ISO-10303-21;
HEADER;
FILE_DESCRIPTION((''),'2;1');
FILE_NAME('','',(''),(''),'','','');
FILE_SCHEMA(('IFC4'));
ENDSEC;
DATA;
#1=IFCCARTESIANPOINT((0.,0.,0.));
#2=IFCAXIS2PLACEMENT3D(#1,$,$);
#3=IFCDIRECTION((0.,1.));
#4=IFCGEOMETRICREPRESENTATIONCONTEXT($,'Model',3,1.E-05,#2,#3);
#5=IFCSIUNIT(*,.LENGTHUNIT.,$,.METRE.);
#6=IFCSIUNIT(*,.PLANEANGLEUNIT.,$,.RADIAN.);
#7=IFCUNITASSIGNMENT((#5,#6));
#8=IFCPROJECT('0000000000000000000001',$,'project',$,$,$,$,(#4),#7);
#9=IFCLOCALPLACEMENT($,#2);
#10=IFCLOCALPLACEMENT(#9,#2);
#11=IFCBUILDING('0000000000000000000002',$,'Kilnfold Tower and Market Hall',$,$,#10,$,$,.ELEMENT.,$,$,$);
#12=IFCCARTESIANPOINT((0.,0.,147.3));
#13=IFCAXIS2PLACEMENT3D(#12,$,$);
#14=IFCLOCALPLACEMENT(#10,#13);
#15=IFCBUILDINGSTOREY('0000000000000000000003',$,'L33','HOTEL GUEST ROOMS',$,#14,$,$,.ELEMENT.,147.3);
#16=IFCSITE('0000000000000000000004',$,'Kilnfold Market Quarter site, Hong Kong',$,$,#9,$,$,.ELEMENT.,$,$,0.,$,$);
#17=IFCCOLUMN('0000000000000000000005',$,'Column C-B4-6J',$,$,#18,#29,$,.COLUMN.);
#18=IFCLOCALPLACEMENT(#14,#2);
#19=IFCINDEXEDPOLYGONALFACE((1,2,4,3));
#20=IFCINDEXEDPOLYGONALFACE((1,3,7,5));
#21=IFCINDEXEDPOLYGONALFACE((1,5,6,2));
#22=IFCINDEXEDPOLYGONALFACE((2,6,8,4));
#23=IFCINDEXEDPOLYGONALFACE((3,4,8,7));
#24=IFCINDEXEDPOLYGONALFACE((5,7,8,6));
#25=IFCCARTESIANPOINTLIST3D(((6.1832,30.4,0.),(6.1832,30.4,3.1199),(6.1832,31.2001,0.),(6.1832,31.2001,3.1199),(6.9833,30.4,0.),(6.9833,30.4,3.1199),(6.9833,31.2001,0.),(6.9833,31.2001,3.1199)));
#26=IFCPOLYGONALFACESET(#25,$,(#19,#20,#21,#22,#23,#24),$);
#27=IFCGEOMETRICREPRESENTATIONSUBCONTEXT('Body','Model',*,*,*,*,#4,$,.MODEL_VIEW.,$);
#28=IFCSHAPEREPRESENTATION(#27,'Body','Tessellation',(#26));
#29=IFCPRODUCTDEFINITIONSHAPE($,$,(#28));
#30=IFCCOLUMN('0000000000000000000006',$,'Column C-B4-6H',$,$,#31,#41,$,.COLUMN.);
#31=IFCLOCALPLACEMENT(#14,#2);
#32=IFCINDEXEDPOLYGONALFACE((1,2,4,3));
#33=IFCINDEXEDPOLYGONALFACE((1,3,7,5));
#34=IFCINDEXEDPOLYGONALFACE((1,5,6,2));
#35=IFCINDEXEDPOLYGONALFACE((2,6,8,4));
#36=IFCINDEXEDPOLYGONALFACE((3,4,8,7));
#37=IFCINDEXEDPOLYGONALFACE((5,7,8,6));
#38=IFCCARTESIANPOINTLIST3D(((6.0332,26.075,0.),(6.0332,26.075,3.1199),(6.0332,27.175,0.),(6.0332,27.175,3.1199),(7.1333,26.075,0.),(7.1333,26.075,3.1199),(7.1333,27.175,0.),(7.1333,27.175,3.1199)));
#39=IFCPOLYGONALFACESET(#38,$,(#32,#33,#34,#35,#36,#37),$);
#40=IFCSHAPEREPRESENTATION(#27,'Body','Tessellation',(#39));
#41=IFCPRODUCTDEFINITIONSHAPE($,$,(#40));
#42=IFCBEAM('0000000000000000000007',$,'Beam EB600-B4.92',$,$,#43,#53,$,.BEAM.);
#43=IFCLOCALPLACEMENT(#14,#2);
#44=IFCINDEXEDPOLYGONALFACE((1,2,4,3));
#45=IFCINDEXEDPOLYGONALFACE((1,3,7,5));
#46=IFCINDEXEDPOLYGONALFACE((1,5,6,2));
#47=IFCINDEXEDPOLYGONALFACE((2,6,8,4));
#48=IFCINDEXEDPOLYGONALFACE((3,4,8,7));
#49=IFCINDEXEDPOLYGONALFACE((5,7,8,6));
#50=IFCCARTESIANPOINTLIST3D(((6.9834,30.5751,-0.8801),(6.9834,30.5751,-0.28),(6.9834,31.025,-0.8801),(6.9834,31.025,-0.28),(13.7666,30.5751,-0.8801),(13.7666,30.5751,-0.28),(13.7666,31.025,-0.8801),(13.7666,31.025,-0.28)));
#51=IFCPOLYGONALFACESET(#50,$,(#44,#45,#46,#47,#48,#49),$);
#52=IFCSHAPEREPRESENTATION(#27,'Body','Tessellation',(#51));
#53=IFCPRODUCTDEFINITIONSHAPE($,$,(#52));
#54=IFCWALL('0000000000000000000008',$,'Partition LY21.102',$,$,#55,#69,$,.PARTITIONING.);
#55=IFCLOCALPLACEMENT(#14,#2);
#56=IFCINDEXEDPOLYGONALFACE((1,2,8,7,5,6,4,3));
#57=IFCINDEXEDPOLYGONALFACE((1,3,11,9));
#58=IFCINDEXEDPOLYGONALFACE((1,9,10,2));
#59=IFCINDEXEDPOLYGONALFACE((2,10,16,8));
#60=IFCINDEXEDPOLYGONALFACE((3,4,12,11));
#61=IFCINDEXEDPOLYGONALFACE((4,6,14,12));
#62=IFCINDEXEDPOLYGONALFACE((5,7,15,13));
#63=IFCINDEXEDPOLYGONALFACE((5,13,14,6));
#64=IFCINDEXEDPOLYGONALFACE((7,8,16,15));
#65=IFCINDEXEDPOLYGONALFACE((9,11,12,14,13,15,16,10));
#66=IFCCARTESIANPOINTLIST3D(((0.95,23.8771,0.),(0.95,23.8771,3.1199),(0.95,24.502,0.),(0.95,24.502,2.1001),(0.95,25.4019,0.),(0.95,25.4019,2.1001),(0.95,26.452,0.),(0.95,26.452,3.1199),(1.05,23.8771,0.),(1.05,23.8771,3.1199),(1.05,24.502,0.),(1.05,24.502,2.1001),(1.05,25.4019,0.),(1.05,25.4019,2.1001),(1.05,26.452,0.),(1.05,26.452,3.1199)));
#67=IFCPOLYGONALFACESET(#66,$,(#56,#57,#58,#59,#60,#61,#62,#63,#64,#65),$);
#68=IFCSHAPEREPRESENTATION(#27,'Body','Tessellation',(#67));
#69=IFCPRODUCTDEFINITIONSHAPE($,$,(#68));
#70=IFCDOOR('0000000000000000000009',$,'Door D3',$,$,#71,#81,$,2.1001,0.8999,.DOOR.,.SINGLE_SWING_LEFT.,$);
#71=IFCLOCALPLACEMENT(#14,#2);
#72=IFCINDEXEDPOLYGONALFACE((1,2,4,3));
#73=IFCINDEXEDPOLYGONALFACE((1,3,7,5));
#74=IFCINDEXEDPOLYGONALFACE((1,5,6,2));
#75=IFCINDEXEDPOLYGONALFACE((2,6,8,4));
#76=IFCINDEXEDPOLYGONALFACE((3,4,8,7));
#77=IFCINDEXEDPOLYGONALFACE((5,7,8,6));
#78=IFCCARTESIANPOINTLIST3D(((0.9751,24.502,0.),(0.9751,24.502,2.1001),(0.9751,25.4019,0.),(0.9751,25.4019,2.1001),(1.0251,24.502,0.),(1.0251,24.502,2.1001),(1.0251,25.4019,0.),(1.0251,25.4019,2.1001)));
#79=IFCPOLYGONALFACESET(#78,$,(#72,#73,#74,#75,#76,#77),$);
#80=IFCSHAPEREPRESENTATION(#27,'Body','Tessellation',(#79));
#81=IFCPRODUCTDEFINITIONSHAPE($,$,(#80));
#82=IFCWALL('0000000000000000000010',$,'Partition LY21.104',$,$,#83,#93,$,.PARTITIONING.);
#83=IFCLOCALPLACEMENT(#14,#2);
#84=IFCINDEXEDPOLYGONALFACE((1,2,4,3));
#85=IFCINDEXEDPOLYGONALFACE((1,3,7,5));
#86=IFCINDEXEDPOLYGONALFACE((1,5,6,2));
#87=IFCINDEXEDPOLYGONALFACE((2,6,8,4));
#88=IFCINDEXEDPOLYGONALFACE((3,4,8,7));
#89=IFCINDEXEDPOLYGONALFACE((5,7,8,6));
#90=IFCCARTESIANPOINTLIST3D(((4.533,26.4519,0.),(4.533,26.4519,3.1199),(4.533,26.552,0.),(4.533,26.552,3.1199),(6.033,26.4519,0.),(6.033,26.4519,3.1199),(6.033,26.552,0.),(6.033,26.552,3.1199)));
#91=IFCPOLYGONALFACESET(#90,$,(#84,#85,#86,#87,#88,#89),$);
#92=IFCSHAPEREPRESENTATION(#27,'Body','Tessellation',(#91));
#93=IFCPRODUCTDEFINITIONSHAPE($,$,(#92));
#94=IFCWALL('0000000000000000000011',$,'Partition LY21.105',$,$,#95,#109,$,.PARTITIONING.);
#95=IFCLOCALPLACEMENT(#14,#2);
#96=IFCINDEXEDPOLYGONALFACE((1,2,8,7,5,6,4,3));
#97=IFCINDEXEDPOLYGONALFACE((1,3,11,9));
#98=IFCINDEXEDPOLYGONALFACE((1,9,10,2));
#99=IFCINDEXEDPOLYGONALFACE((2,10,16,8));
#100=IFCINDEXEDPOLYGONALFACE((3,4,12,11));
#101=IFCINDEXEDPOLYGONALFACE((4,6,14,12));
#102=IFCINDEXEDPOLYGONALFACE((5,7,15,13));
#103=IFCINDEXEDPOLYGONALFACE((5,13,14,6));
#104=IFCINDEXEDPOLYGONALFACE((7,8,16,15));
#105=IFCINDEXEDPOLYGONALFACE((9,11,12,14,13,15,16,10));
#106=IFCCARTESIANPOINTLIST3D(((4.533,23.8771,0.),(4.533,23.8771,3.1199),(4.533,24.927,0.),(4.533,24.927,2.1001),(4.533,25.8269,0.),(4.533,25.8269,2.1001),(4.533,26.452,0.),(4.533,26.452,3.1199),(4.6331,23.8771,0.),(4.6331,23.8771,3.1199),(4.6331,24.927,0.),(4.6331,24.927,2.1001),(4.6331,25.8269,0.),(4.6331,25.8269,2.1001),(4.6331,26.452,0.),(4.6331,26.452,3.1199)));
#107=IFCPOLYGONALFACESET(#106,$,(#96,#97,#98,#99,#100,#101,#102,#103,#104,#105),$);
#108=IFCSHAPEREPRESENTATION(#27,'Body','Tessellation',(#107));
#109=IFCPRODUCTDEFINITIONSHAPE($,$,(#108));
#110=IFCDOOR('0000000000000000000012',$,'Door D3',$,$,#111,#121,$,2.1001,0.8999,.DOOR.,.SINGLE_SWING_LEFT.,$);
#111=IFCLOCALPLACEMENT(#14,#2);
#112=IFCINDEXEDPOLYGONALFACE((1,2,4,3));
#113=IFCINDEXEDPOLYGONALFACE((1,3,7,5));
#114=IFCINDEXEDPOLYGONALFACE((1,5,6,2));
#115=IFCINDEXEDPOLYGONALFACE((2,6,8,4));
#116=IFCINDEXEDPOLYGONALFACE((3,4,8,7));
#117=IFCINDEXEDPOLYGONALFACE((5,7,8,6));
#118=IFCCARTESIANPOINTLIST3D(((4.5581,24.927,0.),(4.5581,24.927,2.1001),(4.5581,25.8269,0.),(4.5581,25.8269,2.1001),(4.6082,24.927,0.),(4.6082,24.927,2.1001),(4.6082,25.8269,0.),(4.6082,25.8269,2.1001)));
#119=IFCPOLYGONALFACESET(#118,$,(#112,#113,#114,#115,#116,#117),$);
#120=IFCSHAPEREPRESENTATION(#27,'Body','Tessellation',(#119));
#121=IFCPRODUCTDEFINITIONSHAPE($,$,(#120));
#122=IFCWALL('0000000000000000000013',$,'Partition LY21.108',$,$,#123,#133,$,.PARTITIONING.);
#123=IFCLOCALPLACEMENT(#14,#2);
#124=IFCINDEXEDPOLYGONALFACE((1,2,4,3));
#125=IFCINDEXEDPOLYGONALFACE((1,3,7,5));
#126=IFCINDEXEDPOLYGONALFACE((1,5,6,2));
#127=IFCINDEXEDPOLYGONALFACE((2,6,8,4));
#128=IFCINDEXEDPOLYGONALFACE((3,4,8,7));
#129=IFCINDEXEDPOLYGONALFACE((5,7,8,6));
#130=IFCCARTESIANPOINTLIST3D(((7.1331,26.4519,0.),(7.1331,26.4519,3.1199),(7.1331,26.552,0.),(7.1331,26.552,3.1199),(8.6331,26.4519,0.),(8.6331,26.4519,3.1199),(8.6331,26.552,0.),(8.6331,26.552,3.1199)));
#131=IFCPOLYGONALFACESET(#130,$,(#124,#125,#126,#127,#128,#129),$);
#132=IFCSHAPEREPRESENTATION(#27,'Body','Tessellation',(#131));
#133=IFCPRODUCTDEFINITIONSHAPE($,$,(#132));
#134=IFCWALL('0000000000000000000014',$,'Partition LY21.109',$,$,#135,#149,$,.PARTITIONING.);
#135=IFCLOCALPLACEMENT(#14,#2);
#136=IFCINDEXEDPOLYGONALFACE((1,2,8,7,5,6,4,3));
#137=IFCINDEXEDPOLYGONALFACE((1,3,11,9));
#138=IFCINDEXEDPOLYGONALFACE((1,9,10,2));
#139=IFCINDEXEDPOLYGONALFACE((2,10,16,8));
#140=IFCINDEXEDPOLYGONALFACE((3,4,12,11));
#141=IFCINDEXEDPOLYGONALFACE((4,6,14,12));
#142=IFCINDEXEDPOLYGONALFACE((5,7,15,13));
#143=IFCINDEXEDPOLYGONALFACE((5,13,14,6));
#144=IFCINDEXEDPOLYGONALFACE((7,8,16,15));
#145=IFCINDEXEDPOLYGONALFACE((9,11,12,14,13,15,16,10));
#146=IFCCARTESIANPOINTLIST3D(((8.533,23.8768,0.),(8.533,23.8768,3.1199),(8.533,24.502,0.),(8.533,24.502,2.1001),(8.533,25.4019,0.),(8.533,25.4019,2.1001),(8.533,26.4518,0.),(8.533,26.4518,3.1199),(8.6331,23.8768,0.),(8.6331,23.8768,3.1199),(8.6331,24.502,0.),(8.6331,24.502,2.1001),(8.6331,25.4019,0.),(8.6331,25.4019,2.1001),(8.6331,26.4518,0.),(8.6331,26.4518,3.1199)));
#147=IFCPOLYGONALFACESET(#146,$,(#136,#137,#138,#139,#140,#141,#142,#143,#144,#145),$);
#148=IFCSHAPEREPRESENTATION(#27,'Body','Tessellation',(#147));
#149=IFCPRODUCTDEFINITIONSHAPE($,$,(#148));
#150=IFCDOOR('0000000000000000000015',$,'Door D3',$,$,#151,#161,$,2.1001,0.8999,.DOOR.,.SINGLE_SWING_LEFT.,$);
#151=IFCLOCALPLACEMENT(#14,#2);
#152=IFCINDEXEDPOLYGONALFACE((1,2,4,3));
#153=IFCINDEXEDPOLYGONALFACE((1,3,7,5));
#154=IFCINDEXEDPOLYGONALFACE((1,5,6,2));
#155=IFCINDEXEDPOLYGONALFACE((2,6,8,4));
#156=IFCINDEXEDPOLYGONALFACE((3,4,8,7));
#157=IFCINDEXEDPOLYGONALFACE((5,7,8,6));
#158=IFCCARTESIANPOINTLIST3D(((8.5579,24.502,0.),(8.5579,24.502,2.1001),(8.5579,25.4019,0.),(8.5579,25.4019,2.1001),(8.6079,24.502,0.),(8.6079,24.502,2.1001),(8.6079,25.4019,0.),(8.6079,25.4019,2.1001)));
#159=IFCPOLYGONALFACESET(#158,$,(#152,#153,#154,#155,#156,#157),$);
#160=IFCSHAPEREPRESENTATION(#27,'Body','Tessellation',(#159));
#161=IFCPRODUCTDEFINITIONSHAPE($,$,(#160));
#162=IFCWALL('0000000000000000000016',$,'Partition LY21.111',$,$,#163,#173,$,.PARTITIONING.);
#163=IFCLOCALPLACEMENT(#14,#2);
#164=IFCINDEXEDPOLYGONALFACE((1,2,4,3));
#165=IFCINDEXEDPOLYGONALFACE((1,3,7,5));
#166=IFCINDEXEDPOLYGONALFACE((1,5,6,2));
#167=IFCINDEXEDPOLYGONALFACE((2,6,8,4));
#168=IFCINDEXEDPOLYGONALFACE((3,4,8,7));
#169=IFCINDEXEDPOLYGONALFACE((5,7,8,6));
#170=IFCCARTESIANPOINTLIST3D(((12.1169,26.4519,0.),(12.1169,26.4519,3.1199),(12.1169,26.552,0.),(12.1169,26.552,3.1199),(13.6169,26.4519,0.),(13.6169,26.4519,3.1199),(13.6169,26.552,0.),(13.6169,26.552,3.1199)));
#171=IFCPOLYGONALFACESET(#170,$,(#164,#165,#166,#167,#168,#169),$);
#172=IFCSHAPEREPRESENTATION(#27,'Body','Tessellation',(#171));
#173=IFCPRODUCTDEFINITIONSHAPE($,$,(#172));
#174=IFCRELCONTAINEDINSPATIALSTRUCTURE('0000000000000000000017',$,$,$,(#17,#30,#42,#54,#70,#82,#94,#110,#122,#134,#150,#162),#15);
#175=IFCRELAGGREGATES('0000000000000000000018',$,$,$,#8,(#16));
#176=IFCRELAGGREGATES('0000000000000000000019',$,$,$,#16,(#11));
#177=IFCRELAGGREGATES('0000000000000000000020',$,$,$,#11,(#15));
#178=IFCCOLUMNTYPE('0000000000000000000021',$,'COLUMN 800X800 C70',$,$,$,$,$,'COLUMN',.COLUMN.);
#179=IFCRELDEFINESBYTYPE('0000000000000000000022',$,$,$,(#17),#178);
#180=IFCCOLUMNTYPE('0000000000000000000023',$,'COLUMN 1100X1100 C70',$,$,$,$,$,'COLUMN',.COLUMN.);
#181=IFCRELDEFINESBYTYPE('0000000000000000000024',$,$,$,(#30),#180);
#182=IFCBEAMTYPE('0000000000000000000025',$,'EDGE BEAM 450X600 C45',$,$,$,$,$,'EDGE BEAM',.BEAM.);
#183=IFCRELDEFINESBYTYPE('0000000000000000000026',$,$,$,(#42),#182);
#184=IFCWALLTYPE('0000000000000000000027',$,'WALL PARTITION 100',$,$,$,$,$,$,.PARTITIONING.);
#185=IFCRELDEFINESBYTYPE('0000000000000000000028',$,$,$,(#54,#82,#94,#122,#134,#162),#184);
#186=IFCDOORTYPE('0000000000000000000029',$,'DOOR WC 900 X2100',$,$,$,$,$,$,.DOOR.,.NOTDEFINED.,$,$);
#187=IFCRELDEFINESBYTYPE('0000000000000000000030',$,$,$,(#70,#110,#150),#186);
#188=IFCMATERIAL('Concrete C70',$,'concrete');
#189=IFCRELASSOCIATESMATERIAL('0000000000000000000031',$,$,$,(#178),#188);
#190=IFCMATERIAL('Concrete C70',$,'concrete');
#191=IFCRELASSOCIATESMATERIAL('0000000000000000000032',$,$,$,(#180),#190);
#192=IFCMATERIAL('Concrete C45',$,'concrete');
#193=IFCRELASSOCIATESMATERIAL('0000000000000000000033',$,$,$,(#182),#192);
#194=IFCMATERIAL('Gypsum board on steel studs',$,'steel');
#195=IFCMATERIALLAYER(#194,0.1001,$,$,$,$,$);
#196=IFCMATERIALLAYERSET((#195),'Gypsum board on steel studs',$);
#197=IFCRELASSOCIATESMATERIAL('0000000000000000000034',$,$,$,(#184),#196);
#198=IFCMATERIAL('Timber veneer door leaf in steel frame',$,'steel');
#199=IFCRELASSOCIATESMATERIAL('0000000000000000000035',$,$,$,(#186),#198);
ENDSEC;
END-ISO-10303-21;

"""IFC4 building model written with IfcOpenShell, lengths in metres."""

from ifc_helpers import new_model, si_unit, direction, frame, frame_2d, origin, origin_2d, place, context, subcontext, project, spatial, rectangle, extrude, source, transform, mapped, material, layer, layer_set, material_profile, profile_set, type_object, element, fill, save


model = new_model("IFC4")

# Units and contexts
model_context = context("Model", 3, precision=1e-05, world=origin(), true_north=direction((0.0, 1.0)))
body_context = subcontext(model_context, "Body", "Model", "MODEL_VIEW")
ifc_project = project(units=[si_unit("LENGTHUNIT", "METRE"), si_unit("PLANEANGLEUNIT", "RADIAN")], contexts=[model_context])

# Site, building, storey
site_placement = place(None, origin())
site = spatial("IfcSite", under=ifc_project, at=site_placement, Name="Kilnfold Market Quarter site, Hong Kong", CompositionType="ELEMENT", RefElevation=0.0)
building_placement = place(site_placement, origin())
building = spatial("IfcBuilding", under=site, at=building_placement, Name="Kilnfold Tower and Market Hall", CompositionType="ELEMENT")
storey_placement = place(building_placement, frame((0.0, 0.0, 147.3)))
storey = spatial("IfcBuildingStorey", under=building, at=storey_placement, Name="L33", Description="HOTEL GUEST ROOMS", CompositionType="ELEMENT", Elevation=147.3)

# Columns
ifc_material_1 = material(Name="Concrete C70", Category="concrete")
ifc_material_profile_1 = material_profile(ifc_material_1, rectangle(XDim=0.8, YDim=0.8, at=origin_2d()), Name="RC 800x800")
ifc_profile_set_1 = profile_set([ifc_material_profile_1], Name="Concrete C70")
column_type_1 = type_object("IfcColumnType", Name="COLUMN 800X800 C70", ElementType="COLUMN", PredefinedType="COLUMN", material=ifc_profile_set_1)
shared_shape_1 = source(origin(), body_context, "Body", "SweptSolid", [
    extrude(rectangle(XDim=0.8, YDim=0.8, at=origin_2d()), origin(), (0.0, 0.0, 1.0), 3.1199),
])
column_1_placement = place(storey_placement, frame((6.5833, 30.8, 0.0), z_axis=(0.0, 0.0, 1.0), x_axis=(1.0, 0.0, 0.0)))
element("IfcColumn", 1, at=column_1_placement, inside=storey, type_object=column_type_1, Name="Column C-B4-6J", PredefinedType="COLUMN", context=body_context, shape_type="MappedRepresentation", body=[
    mapped(shared_shape_1, transform((0.0, 0.0, 0.0))),
])
ifc_material_2 = material(Name="Concrete C70", Category="concrete")
ifc_material_profile_2 = material_profile(ifc_material_2, rectangle(XDim=1.1001, YDim=1.1001, at=origin_2d()), Name="RC 1100x1100")
ifc_profile_set_2 = profile_set([ifc_material_profile_2], Name="Concrete C70")
column_type_2 = type_object("IfcColumnType", Name="COLUMN 1100X1100 C70", ElementType="COLUMN", PredefinedType="COLUMN", material=ifc_profile_set_2)
shared_shape_2 = source(origin(), body_context, "Body", "SweptSolid", [
    extrude(rectangle(XDim=1.1001, YDim=1.1001, at=origin_2d()), origin(), (0.0, 0.0, 1.0), 3.1199),
])
column_2_placement = place(storey_placement, frame((6.5833, 26.625, 0.0), z_axis=(0.0, 0.0, 1.0), x_axis=(1.0, 0.0, 0.0)))
element("IfcColumn", 2, at=column_2_placement, inside=storey, type_object=column_type_2, Name="Column C-B4-6H", PredefinedType="COLUMN", context=body_context, shape_type="MappedRepresentation", body=[
    mapped(shared_shape_2, transform((0.0, 0.0, 0.0))),
])

# Beam
ifc_material_3 = material(Name="Concrete C45", Category="concrete")
ifc_material_profile_3 = material_profile(ifc_material_3, rectangle(XDim=0.45, YDim=0.6001, at=origin_2d()), Name="RC 450x600")
ifc_profile_set_3 = profile_set([ifc_material_profile_3], Name="Concrete C45")
beam_type = type_object("IfcBeamType", Name="EDGE BEAM 450X600 C45", ElementType="EDGE BEAM", PredefinedType="BEAM", material=ifc_profile_set_3)
shared_shape_3 = source(origin(), body_context, "Body", "SweptSolid", [
    extrude(rectangle(XDim=0.45, YDim=0.6001, at=origin_2d()), origin(), (0.0, 0.0, 1.0), 6.7832),
])
beam_placement = place(storey_placement, frame((6.9834, 30.8, -0.5801), z_axis=(1.0, 0.0, 0.0), x_axis=(0.0, 1.0, 0.0)))
element("IfcBeam", 3, at=beam_placement, inside=storey, type_object=beam_type, Name="Beam EB600-B4.92", PredefinedType="BEAM", context=body_context, shape_type="MappedRepresentation", body=[
    mapped(shared_shape_3, transform((0.0, 0.0, 0.0))),
])

# Wall, opening, door
ifc_material_4 = material(Name="Gypsum board on steel studs", Category="steel")
ifc_layer_1 = layer(ifc_material_4, 0.1001)
ifc_layer_set_1 = layer_set([ifc_layer_1], Name="Gypsum board on steel studs")
wall_type_1 = type_object("IfcWallType", Name="WALL PARTITION 100", PredefinedType="PARTITIONING", material=ifc_layer_set_1)
wall_1_placement = place(storey_placement, frame((1.0, 23.877, 0.0), z_axis=(0.0, 0.0, 1.0), x_axis=(0.0, 1.0, 0.0)))
wall_1 = element("IfcWall", 4, at=wall_1_placement, inside=storey, type_object=wall_type_1, Name="Partition LY21.102", PredefinedType="PARTITIONING", context=body_context, shape_type="SweptSolid", body=[
    extrude(rectangle(XDim=2.575, YDim=0.1001, at=frame_2d((1.2876, 0.0))), origin(), (0.0, 0.0, 1.0), 3.1199),
])
opening_1_placement = place(wall_1_placement, frame((0.625, 0.0, 0.0)))
opening_1 = element("IfcOpeningElement", 5, at=opening_1_placement, cuts=wall_1, PredefinedType="OPENING", context=body_context, shape_type="SweptSolid", body=[
    extrude(rectangle(XDim=0.8999, YDim=2.1001, at=frame_2d((0.45, 1.05))), frame((0.0, 0.0601, 0.0), z_axis=(0.0, -1.0, 0.0), x_axis=(1.0, 0.0, 0.0)), (0.0, 0.0, 1.0), 0.1201),
])
ifc_material_5 = material(Name="Timber veneer door leaf in steel frame", Category="steel")
door_type = type_object("IfcDoorType", Name="DOOR WC 900 X2100", OperationType="NOTDEFINED", PredefinedType="DOOR", material=ifc_material_5)
door_1_placement = place(opening_1_placement, origin())
door_1 = element("IfcDoor", 6, at=door_1_placement, inside=storey, type_object=door_type, Name="Door D3", OperationType="SINGLE_SWING_LEFT", OverallHeight=2.1001, OverallWidth=0.8999, PredefinedType="DOOR", context=body_context, shape_type="SweptSolid", body=[
    extrude(rectangle(XDim=0.8999, YDim=2.1001, at=frame_2d((0.45, 1.05))), frame((0.0, 0.0249, 0.0), z_axis=(0.0, -1.0, 0.0), x_axis=(1.0, 0.0, 0.0)), (0.0, 0.0, 1.0), 0.05),
])
fill(opening_1, door_1)

# Wall
wall_2_placement = place(storey_placement, frame((4.533, 26.502, 0.0), z_axis=(0.0, 0.0, 1.0), x_axis=(1.0, 0.0, 0.0)))
element("IfcWall", 7, at=wall_2_placement, inside=storey, type_object=wall_type_1, Name="Partition LY21.104", PredefinedType="PARTITIONING", context=body_context, shape_type="SweptSolid", body=[
    extrude(rectangle(XDim=1.5, YDim=0.1001, at=frame_2d((0.75, 0.0))), origin(), (0.0, 0.0, 1.0), 3.1199),
])

# Wall, opening, door
wall_3_placement = place(storey_placement, frame((4.583, 23.877, 0.0), z_axis=(0.0, 0.0, 1.0), x_axis=(0.0, 1.0, 0.0)))
wall_3 = element("IfcWall", 8, at=wall_3_placement, inside=storey, type_object=wall_type_1, Name="Partition LY21.105", PredefinedType="PARTITIONING", context=body_context, shape_type="SweptSolid", body=[
    extrude(rectangle(XDim=2.575, YDim=0.1001, at=frame_2d((1.2876, 0.0))), origin(), (0.0, 0.0, 1.0), 3.1199),
])
opening_2_placement = place(wall_3_placement, frame((1.05, 0.0, 0.0)))
opening_2 = element("IfcOpeningElement", 9, at=opening_2_placement, cuts=wall_3, PredefinedType="OPENING", context=body_context, shape_type="SweptSolid", body=[
    extrude(rectangle(XDim=0.8999, YDim=2.1001, at=frame_2d((0.45, 1.05))), frame((0.0, 0.0601, 0.0), z_axis=(0.0, -1.0, 0.0), x_axis=(1.0, 0.0, 0.0)), (0.0, 0.0, 1.0), 0.1201),
])
door_2_placement = place(opening_2_placement, origin())
door_2 = element("IfcDoor", 10, at=door_2_placement, inside=storey, type_object=door_type, Name="Door D3", OperationType="SINGLE_SWING_LEFT", OverallHeight=2.1001, OverallWidth=0.8999, PredefinedType="DOOR", context=body_context, shape_type="SweptSolid", body=[
    extrude(rectangle(XDim=0.8999, YDim=2.1001, at=frame_2d((0.45, 1.05))), frame((0.0, 0.0249, 0.0), z_axis=(0.0, -1.0, 0.0), x_axis=(1.0, 0.0, 0.0)), (0.0, 0.0, 1.0), 0.05),
])
fill(opening_2, door_2)

# Wall
wall_4_placement = place(storey_placement, frame((7.1331, 26.502, 0.0), z_axis=(0.0, 0.0, 1.0), x_axis=(1.0, 0.0, 0.0)))
element("IfcWall", 11, at=wall_4_placement, inside=storey, type_object=wall_type_1, Name="Partition LY21.108", PredefinedType="PARTITIONING", context=body_context, shape_type="SweptSolid", body=[
    extrude(rectangle(XDim=1.5, YDim=0.1001, at=frame_2d((0.75, 0.0))), origin(), (0.0, 0.0, 1.0), 3.1199),
])

# Wall, opening, door
wall_5_placement = place(storey_placement, frame((8.583, 26.4519, 0.0), z_axis=(0.0, 0.0, 1.0), x_axis=(0.0, -1.0, 0.0)))
wall_5 = element("IfcWall", 12, at=wall_5_placement, inside=storey, type_object=wall_type_1, Name="Partition LY21.109", PredefinedType="PARTITIONING", context=body_context, shape_type="SweptSolid", body=[
    extrude(rectangle(XDim=2.575, YDim=0.1001, at=frame_2d((1.2876, 0.0))), origin(), (0.0, 0.0, 1.0), 3.1199),
])
opening_3_placement = place(wall_5_placement, frame((1.05, 0.0, 0.0)))
opening_3 = element("IfcOpeningElement", 13, at=opening_3_placement, cuts=wall_5, PredefinedType="OPENING", context=body_context, shape_type="SweptSolid", body=[
    extrude(rectangle(XDim=0.8999, YDim=2.1001, at=frame_2d((0.45, 1.05))), frame((0.0, 0.0601, 0.0), z_axis=(0.0, -1.0, 0.0), x_axis=(1.0, 0.0, 0.0)), (0.0, 0.0, 1.0), 0.1201),
])
door_3_placement = place(opening_3_placement, origin())
door_3 = element("IfcDoor", 14, at=door_3_placement, inside=storey, type_object=door_type, Name="Door D3", OperationType="SINGLE_SWING_LEFT", OverallHeight=2.1001, OverallWidth=0.8999, PredefinedType="DOOR", context=body_context, shape_type="SweptSolid", body=[
    extrude(rectangle(XDim=0.8999, YDim=2.1001, at=frame_2d((0.45, 1.05))), frame((0.0, 0.0249, 0.0), z_axis=(0.0, -1.0, 0.0), x_axis=(1.0, 0.0, 0.0)), (0.0, 0.0, 1.0), 0.05),
])
fill(opening_3, door_3)

# Wall
wall_6_placement = place(storey_placement, frame((12.1169, 26.502, 0.0), z_axis=(0.0, 0.0, 1.0), x_axis=(1.0, 0.0, 0.0)))
element("IfcWall", 15, at=wall_6_placement, inside=storey, type_object=wall_type_1, Name="Partition LY21.111", PredefinedType="PARTITIONING", context=body_context, shape_type="SweptSolid", body=[
    extrude(rectangle(XDim=1.5, YDim=0.1001, at=frame_2d((0.75, 0.0))), origin(), (0.0, 0.0, 1.0), 3.1199),
])

save(model, "model.ifc")
